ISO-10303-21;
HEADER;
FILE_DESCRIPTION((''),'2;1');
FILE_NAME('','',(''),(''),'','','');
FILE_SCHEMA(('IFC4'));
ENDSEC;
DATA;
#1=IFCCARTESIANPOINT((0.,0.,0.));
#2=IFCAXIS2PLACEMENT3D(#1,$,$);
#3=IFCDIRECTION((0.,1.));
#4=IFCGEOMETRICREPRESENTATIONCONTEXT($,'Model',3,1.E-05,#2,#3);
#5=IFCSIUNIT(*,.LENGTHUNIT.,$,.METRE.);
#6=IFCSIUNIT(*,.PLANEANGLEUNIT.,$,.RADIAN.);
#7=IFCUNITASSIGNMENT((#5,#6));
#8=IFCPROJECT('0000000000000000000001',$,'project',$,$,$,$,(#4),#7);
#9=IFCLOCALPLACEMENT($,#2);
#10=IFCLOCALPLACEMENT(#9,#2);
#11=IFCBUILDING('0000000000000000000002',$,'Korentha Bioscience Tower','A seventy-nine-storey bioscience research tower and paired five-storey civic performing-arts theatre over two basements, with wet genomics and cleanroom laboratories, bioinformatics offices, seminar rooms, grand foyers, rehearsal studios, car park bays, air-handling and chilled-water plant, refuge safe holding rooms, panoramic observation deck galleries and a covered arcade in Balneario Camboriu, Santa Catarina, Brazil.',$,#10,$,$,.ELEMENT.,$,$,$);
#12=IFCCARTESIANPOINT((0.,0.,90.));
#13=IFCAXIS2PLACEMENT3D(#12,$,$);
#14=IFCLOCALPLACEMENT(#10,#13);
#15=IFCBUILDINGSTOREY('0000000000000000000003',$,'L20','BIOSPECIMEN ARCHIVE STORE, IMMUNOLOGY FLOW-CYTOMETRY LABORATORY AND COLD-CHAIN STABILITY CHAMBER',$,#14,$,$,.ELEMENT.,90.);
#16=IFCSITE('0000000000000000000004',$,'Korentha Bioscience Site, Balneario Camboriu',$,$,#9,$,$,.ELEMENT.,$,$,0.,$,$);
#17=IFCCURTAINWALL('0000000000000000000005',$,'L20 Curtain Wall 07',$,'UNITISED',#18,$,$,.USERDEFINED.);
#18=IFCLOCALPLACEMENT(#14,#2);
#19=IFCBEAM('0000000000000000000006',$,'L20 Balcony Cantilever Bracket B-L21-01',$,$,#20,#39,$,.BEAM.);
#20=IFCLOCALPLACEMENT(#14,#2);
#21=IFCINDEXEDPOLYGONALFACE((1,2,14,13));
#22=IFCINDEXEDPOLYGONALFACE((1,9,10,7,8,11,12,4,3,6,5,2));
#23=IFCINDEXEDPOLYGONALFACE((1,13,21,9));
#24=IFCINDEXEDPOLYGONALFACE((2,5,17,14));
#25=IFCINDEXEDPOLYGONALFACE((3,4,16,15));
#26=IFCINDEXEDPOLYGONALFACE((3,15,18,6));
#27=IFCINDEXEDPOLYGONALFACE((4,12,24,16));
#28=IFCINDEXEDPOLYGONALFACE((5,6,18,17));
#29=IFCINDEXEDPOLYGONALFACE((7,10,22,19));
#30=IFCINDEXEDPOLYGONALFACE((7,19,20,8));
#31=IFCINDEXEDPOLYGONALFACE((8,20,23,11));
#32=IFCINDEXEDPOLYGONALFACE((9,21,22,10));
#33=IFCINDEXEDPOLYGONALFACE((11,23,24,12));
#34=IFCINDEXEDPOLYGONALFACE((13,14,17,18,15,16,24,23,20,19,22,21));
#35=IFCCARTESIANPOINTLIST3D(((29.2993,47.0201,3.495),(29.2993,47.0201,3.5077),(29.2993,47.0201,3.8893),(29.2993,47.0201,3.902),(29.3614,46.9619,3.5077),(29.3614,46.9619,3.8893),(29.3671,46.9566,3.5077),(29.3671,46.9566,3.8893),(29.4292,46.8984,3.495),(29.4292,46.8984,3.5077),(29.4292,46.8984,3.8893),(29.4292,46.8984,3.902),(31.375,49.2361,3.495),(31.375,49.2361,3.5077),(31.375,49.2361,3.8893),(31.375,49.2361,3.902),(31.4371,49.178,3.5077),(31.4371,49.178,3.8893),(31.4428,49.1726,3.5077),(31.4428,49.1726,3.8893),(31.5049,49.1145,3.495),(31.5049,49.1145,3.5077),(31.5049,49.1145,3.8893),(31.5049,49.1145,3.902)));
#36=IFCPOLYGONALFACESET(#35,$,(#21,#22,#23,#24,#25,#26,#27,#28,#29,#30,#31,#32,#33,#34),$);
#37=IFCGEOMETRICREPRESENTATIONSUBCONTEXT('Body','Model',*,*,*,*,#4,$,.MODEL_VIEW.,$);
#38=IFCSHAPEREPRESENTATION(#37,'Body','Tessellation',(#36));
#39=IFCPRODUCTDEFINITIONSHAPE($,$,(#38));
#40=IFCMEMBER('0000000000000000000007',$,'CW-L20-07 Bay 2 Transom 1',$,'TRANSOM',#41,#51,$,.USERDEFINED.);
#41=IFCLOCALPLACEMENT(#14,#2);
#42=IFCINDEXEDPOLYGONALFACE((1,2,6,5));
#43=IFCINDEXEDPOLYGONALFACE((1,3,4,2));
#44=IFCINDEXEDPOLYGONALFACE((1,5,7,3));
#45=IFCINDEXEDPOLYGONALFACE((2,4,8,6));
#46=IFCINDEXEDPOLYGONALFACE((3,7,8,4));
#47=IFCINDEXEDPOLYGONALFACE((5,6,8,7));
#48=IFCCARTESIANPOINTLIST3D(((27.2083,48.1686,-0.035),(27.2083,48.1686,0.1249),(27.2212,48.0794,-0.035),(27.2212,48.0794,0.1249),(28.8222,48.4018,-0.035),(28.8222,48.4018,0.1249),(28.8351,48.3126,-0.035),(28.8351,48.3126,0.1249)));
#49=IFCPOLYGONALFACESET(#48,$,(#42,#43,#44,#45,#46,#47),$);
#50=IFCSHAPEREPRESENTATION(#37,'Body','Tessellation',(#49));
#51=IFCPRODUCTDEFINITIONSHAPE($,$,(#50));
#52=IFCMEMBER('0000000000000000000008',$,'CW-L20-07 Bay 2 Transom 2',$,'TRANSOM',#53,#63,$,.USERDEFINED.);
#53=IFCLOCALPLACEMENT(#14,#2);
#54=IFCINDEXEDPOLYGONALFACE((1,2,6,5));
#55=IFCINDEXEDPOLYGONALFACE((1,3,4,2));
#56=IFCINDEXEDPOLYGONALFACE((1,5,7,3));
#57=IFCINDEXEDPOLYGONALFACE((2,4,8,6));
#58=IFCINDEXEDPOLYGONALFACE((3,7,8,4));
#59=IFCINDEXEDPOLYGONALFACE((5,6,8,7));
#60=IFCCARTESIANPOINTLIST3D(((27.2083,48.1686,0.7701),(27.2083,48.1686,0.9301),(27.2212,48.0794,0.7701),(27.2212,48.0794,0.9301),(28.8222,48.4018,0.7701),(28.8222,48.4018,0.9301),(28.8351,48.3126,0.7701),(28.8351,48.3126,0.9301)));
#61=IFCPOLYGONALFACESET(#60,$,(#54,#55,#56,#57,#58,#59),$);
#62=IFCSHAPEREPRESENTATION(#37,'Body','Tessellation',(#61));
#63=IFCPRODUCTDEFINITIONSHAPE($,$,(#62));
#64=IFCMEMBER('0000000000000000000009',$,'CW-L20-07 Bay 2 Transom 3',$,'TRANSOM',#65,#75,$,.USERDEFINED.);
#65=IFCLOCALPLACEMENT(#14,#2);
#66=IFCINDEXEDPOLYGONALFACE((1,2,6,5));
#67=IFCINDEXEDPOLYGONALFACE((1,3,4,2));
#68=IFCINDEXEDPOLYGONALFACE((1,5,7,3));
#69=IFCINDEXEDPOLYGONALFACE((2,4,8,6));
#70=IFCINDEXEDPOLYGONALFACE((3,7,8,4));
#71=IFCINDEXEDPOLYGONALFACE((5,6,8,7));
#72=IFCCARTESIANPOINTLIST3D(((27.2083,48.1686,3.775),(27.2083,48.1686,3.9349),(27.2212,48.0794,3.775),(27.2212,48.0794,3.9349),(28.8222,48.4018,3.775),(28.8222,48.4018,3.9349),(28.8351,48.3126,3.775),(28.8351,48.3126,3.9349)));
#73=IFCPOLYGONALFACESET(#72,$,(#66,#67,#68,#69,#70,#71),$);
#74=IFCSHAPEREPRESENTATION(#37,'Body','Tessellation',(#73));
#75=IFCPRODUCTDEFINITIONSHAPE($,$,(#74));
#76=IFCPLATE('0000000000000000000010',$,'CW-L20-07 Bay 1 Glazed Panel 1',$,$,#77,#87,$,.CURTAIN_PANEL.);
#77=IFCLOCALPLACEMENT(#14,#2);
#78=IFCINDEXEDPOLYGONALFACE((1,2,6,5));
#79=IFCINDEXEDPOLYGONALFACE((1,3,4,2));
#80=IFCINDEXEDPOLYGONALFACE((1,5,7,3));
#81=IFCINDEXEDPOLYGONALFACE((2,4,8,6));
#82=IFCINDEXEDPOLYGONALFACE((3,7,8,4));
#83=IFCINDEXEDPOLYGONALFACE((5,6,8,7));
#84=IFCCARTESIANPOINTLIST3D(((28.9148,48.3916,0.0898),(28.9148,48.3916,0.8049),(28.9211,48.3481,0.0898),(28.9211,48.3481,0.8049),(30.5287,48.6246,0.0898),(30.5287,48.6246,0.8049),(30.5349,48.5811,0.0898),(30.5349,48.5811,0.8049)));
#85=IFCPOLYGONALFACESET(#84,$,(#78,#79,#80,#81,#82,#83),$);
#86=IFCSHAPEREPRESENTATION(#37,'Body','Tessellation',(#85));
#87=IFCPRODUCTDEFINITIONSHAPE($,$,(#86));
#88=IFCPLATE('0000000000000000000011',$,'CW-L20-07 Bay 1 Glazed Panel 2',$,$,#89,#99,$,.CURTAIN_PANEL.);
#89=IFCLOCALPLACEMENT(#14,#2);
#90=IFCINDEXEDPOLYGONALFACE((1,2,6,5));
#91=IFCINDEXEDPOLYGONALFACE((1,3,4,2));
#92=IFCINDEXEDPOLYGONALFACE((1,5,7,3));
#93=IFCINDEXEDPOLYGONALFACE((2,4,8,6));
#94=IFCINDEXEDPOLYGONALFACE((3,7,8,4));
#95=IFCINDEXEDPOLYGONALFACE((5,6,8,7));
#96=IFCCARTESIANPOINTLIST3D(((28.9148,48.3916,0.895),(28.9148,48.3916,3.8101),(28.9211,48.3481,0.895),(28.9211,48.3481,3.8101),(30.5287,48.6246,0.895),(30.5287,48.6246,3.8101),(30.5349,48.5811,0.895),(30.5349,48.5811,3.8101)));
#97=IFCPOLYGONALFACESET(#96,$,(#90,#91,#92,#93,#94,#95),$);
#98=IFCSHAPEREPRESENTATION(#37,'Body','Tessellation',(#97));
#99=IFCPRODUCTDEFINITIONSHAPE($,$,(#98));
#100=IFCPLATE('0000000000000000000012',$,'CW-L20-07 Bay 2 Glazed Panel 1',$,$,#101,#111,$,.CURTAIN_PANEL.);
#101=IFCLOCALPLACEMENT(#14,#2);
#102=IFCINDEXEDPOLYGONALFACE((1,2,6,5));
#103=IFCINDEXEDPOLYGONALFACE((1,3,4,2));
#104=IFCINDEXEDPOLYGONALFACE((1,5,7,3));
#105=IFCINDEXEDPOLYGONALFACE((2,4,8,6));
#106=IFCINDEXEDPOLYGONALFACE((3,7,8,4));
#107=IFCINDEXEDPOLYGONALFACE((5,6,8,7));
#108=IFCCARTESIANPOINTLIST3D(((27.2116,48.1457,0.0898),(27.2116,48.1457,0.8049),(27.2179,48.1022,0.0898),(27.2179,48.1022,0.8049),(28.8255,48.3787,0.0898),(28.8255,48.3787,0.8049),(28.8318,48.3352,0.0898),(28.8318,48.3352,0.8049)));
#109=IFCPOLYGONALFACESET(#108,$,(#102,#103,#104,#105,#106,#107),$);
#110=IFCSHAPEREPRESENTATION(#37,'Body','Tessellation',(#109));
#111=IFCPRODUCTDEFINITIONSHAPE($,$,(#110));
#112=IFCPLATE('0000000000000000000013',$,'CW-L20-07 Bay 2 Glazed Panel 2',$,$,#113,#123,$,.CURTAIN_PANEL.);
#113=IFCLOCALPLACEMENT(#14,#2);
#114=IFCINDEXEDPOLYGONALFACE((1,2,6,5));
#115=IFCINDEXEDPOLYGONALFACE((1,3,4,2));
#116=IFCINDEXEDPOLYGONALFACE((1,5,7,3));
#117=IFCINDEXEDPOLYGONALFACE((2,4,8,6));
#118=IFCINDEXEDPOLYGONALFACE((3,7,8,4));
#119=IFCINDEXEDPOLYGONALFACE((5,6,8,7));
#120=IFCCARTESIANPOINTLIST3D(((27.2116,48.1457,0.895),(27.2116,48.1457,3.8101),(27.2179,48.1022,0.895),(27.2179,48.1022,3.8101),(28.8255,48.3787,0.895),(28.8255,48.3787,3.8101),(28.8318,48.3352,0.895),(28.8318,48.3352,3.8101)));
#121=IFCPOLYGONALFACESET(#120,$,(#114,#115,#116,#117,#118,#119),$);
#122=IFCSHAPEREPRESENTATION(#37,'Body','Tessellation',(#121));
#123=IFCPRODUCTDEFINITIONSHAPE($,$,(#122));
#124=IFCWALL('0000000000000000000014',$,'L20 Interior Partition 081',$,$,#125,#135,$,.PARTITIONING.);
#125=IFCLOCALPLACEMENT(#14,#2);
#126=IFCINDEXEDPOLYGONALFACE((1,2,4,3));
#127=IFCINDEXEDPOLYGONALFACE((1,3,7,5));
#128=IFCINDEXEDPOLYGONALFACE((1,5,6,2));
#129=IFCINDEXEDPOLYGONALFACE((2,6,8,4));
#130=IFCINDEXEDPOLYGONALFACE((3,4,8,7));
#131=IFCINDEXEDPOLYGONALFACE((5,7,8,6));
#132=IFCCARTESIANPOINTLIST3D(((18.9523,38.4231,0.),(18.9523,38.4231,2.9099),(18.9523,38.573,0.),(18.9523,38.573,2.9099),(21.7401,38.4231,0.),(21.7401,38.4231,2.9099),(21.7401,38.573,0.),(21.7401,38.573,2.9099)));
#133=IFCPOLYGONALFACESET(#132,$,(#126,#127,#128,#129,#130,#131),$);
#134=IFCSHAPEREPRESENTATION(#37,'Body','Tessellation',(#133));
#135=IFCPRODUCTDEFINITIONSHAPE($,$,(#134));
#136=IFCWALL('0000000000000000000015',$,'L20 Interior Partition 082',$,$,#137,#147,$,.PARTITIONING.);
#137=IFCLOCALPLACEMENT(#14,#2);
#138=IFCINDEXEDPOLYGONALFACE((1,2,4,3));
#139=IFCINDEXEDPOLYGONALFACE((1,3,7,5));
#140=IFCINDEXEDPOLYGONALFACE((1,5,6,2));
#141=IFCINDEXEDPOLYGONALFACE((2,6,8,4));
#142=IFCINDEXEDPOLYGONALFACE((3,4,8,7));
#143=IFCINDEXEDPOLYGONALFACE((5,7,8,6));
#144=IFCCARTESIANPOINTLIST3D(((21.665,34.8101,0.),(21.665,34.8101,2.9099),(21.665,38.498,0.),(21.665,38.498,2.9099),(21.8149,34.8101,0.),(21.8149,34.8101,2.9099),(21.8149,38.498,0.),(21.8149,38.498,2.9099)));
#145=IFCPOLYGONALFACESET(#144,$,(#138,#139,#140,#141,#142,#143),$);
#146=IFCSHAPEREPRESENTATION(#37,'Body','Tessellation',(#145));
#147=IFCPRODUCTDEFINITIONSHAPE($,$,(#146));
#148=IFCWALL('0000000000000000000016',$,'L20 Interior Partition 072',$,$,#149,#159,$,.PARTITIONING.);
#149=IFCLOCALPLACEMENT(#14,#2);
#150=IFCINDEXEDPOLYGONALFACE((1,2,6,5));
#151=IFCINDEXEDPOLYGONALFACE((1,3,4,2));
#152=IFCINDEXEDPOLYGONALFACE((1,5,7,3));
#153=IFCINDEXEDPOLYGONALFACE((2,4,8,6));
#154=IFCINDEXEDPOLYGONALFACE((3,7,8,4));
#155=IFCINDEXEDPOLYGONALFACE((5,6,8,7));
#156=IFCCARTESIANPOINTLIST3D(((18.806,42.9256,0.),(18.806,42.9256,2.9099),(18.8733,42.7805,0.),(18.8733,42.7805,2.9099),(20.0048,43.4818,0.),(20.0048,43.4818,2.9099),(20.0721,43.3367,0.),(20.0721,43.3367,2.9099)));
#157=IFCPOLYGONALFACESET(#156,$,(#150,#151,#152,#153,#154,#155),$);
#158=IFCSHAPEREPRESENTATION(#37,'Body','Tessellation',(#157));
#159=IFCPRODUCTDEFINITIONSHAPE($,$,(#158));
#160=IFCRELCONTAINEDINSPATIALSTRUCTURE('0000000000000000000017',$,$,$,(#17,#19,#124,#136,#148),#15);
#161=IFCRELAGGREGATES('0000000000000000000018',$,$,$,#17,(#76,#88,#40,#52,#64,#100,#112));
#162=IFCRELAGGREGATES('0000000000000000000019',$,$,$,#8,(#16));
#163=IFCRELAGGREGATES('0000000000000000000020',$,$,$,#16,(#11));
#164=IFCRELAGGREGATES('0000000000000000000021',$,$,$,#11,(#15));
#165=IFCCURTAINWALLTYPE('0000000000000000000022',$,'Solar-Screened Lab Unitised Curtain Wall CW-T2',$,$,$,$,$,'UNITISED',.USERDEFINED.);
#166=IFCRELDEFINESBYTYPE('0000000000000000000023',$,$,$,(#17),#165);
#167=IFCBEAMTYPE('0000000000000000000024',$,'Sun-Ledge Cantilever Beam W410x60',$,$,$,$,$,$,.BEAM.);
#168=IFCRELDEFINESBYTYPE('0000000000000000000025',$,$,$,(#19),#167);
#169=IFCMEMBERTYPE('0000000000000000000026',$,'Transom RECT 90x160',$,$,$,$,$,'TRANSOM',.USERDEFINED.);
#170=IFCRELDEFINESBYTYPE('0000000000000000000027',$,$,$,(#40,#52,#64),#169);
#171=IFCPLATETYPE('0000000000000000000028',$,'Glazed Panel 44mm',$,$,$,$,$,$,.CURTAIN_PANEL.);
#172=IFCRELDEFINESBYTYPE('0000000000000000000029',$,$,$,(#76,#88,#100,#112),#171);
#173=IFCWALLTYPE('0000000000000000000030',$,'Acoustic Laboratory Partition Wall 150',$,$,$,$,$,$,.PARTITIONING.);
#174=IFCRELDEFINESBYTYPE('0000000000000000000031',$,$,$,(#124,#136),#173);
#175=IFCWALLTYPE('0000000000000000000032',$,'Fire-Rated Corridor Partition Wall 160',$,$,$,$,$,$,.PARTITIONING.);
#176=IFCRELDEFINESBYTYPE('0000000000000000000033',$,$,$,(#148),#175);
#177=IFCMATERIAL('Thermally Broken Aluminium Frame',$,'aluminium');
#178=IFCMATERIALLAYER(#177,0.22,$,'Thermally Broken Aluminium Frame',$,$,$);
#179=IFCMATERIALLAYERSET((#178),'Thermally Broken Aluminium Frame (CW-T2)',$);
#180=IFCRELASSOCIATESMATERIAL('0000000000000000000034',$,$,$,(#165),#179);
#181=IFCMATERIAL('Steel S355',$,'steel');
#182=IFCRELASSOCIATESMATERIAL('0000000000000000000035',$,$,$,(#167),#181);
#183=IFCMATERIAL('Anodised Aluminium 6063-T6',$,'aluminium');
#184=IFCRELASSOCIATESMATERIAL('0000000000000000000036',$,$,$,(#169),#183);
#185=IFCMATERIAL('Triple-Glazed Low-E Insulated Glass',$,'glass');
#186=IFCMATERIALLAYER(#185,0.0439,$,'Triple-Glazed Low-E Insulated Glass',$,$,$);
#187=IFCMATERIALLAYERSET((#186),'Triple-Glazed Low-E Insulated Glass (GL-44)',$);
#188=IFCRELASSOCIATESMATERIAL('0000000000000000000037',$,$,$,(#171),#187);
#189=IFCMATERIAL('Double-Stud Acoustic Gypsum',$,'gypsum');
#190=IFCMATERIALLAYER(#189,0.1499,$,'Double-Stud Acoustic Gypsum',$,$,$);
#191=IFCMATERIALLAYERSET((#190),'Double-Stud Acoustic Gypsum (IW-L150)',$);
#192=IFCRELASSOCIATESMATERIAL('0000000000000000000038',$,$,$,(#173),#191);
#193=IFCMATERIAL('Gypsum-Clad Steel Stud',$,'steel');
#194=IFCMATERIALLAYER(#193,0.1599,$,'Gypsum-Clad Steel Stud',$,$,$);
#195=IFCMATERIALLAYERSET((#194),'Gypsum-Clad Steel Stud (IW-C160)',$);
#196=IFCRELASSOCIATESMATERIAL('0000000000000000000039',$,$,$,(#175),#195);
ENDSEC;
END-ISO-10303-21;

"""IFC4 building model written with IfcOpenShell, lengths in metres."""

from ifc_helpers import new_model, si_unit, direction, frame, frame_2d, origin, origin_2d, place, context, subcontext, project, spatial, rectangle, i_section, extrude, material, layer, layer_set, material_profile, profile_set, type_object, element, aggregate, save


model = new_model("IFC4")

# Units and contexts
model_context = context("Model", 3, precision=1e-05, world=origin(), true_north=direction((0.0, 1.0)))
body_context = subcontext(model_context, "Body", "Model", "MODEL_VIEW")
ifc_project = project(units=[si_unit("LENGTHUNIT", "METRE"), si_unit("PLANEANGLEUNIT", "RADIAN")], contexts=[model_context])

# Site, building, storey
site_placement = place(None, origin())
site = spatial("IfcSite", under=ifc_project, at=site_placement, Name="Korentha Bioscience Site, Balneario Camboriu", CompositionType="ELEMENT", RefElevation=0.0)
building_placement = place(site_placement, origin())
building = spatial("IfcBuilding", under=site, at=building_placement, Name="Korentha Bioscience Tower", Description="A seventy-nine-storey bioscience research tower and paired five-storey civic performing-arts theatre over two basements, with wet genomics and cleanroom laboratories, bioinformatics offices, seminar rooms, grand foyers, rehearsal studios, car park bays, air-handling and chilled-water plant, refuge safe holding rooms, panoramic observation deck galleries and a covered arcade in Balneario Camboriu, Santa Catarina, Brazil.", CompositionType="ELEMENT")
storey_placement = place(building_placement, frame((0.0, 0.0, 90.0)))
storey = spatial("IfcBuildingStorey", under=building, at=storey_placement, Name="L20", Description="BIOSPECIMEN ARCHIVE STORE, IMMUNOLOGY FLOW-CYTOMETRY LABORATORY AND COLD-CHAIN STABILITY CHAMBER", CompositionType="ELEMENT", Elevation=90.0)

# Shared definitions
ifc_material_1 = material(Name="Steel S355", Category="steel")

# Curtain wall
ifc_material_2 = material(Name="Thermally Broken Aluminium Frame", Category="aluminium")
ifc_layer_1 = layer(ifc_material_2, 0.22, Name="Thermally Broken Aluminium Frame")
ifc_layer_set_1 = layer_set([ifc_layer_1], Name="Thermally Broken Aluminium Frame (CW-T2)")
curtain_wall_type = type_object("IfcCurtainWallType", Name="Solar-Screened Lab Unitised Curtain Wall CW-T2", ElementType="UNITISED", PredefinedType="USERDEFINED", material=ifc_layer_set_1)
curtain_wall_placement = place(storey_placement, origin())
curtain_wall = element("IfcCurtainWall", 1, at=curtain_wall_placement, inside=storey, type_object=curtain_wall_type, Name="L20 Curtain Wall 07", ObjectType="UNITISED", PredefinedType="USERDEFINED")
ifc_material_3 = material(Name="Anodised Aluminium 6063-T6", Category="aluminium")

# Beam
ifc_material_profile_1 = material_profile(ifc_material_1, i_section(OverallWidth=0.178, OverallDepth=0.407, WebThickness=0.0078, FlangeThickness=0.0127, at=origin_2d()), Name="Steel S355")
ifc_profile_set_1 = profile_set([ifc_material_profile_1], Name="Steel S355 (CB-410)")
beam_type_1 = type_object("IfcBeamType", Name="Sun-Ledge Cantilever Beam W410x60", PredefinedType="BEAM", material=ifc_profile_set_1)
beam_1_placement = place(storey_placement, frame((29.3643, 46.9592, 3.6985), z_axis=(0.683612, 0.729846, 0.0), x_axis=(-0.729846, 0.683612, 0.0)))
element("IfcBeam", 2, at=beam_1_placement, inside=storey, type_object=beam_type_1, Name="L20 Balcony Cantilever Bracket B-L21-01", PredefinedType="BEAM", context=body_context, shape_type="SweptSolid", body=[
    extrude(i_section(OverallWidth=0.178, OverallDepth=0.407, WebThickness=0.0078, FlangeThickness=0.0127, at=origin_2d()), origin(), (0.0, 0.0, 1.0), 3.0364),
])

# Members
ifc_material_profile_2 = material_profile(ifc_material_3, rectangle(XDim=0.0901, YDim=0.1599, at=origin_2d()), Name="Anodised Aluminium 6063-T6")
ifc_profile_set_2 = profile_set([ifc_material_profile_2], Name="Anodised Aluminium 6063-T6 (CW-TRN)")
member_type_1 = type_object("IfcMemberType", Name="Transom RECT 90x160", ElementType="TRANSOM", PredefinedType="USERDEFINED", material=ifc_profile_set_2)
member_1_placement = place(storey_placement, frame((28.8286, 48.3572, 0.0449), z_axis=(-0.989724, -0.142993, 0.0), x_axis=(0.142993, -0.989724, 0.0)))
member_1 = element("IfcMember", 3, at=member_1_placement, type_object=member_type_1, Name="CW-L20-07 Bay 2 Transom 1", ObjectType="TRANSOM", PredefinedType="USERDEFINED", context=body_context, shape_type="SweptSolid", body=[
    extrude(rectangle(XDim=0.0901, YDim=0.1599, at=origin_2d()), origin(), (0.0, 0.0, 1.0), 1.6306),
])
member_2_placement = place(storey_placement, frame((28.8286, 48.3572, 0.8501), z_axis=(-0.989724, -0.142993, 0.0), x_axis=(0.142993, -0.989724, 0.0)))
member_2 = element("IfcMember", 4, at=member_2_placement, type_object=member_type_1, Name="CW-L20-07 Bay 2 Transom 2", ObjectType="TRANSOM", PredefinedType="USERDEFINED", context=body_context, shape_type="SweptSolid", body=[
    extrude(rectangle(XDim=0.0901, YDim=0.1599, at=origin_2d()), origin(), (0.0, 0.0, 1.0), 1.6306),
])
member_3_placement = place(storey_placement, frame((28.8286, 48.3572, 3.855), z_axis=(-0.989724, -0.142993, 0.0), x_axis=(0.142993, -0.989724, 0.0)))
member_3 = element("IfcMember", 5, at=member_3_placement, type_object=member_type_1, Name="CW-L20-07 Bay 2 Transom 3", ObjectType="TRANSOM", PredefinedType="USERDEFINED", context=body_context, shape_type="SweptSolid", body=[
    extrude(rectangle(XDim=0.0901, YDim=0.1599, at=origin_2d()), origin(), (0.0, 0.0, 1.0), 1.6306),
])

# Plates
ifc_material_4 = material(Name="Triple-Glazed Low-E Insulated Glass", Category="glass")
ifc_layer_2 = layer(ifc_material_4, 0.0439, Name="Triple-Glazed Low-E Insulated Glass")
ifc_layer_set_2 = layer_set([ifc_layer_2], Name="Triple-Glazed Low-E Insulated Glass (GL-44)")
plate_type = type_object("IfcPlateType", Name="Glazed Panel 44mm", PredefinedType="CURTAIN_PANEL", material=ifc_layer_set_2)
plate_1_placement = place(storey_placement, frame((29.7249, 48.4863, 0.0898), z_axis=(0.0, 0.0, 1.0), x_axis=(-0.989738, -0.142892, 0.0)))
plate_1 = element("IfcPlate", 6, at=plate_1_placement, type_object=plate_type, Name="CW-L20-07 Bay 1 Glazed Panel 1", PredefinedType="CURTAIN_PANEL", context=body_context, shape_type="SweptSolid", body=[
    extrude(rectangle(XDim=1.6306, YDim=0.0439, at=origin_2d()), origin(), (0.0, 0.0, 1.0), 0.7151),
])
plate_2_placement = place(storey_placement, frame((29.7249, 48.4863, 0.895), z_axis=(0.0, 0.0, 1.0), x_axis=(-0.989738, -0.142892, 0.0)))
plate_2 = element("IfcPlate", 7, at=plate_2_placement, type_object=plate_type, Name="CW-L20-07 Bay 1 Glazed Panel 2", PredefinedType="CURTAIN_PANEL", context=body_context, shape_type="SweptSolid", body=[
    extrude(rectangle(XDim=1.6306, YDim=0.0439, at=origin_2d()), origin(), (0.0, 0.0, 1.0), 2.915),
])
plate_3_placement = place(storey_placement, frame((28.0217, 48.2405, 0.0898), z_axis=(0.0, 0.0, 1.0), x_axis=(-0.989738, -0.142892, 0.0)))
plate_3 = element("IfcPlate", 8, at=plate_3_placement, type_object=plate_type, Name="CW-L20-07 Bay 2 Glazed Panel 1", PredefinedType="CURTAIN_PANEL", context=body_context, shape_type="SweptSolid", body=[
    extrude(rectangle(XDim=1.6306, YDim=0.0439, at=origin_2d()), origin(), (0.0, 0.0, 1.0), 0.7151),
])
plate_4_placement = place(storey_placement, frame((28.0217, 48.2405, 0.895), z_axis=(0.0, 0.0, 1.0), x_axis=(-0.989738, -0.142892, 0.0)))
plate_4 = element("IfcPlate", 9, at=plate_4_placement, type_object=plate_type, Name="CW-L20-07 Bay 2 Glazed Panel 2", PredefinedType="CURTAIN_PANEL", context=body_context, shape_type="SweptSolid", body=[
    extrude(rectangle(XDim=1.6306, YDim=0.0439, at=origin_2d()), origin(), (0.0, 0.0, 1.0), 2.915),
])
aggregate(curtain_wall, [plate_1, plate_2, member_1, member_2, member_3, plate_3, plate_4])

# Walls
ifc_material_5 = material(Name="Double-Stud Acoustic Gypsum", Category="gypsum")
ifc_layer_3 = layer(ifc_material_5, 0.1499, Name="Double-Stud Acoustic Gypsum")
ifc_layer_set_3 = layer_set([ifc_layer_3], Name="Double-Stud Acoustic Gypsum (IW-L150)")
wall_type_1 = type_object("IfcWallType", Name="Acoustic Laboratory Partition Wall 150", PredefinedType="PARTITIONING", material=ifc_layer_set_3)
wall_1_placement = place(storey_placement, frame((18.9521, 38.498, 0.0), z_axis=(0.0, 0.0, 1.0), x_axis=(1.0, 0.0, 0.0)))
element("IfcWall", 10, at=wall_1_placement, inside=storey, type_object=wall_type_1, Name="L20 Interior Partition 081", PredefinedType="PARTITIONING", context=body_context, shape_type="SweptSolid", body=[
    extrude(rectangle(XDim=2.7878, YDim=0.1499, at=frame_2d((1.394, 0.0))), origin(), (0.0, 0.0, 1.0), 2.9099),
])
wall_2_placement = place(storey_placement, frame((21.74, 38.498, 0.0), z_axis=(0.0, 0.0, 1.0), x_axis=(0.0, -1.0, 0.0)))
element("IfcWall", 11, at=wall_2_placement, inside=storey, type_object=wall_type_1, Name="L20 Interior Partition 082", PredefinedType="PARTITIONING", context=body_context, shape_type="SweptSolid", body=[
    extrude(rectangle(XDim=3.688, YDim=0.1499, at=frame_2d((1.844, 0.0))), origin(), (0.0, 0.0, 1.0), 2.9099),
])
ifc_material_6 = material(Name="Gypsum-Clad Steel Stud", Category="steel")
ifc_layer_4 = layer(ifc_material_6, 0.1599, Name="Gypsum-Clad Steel Stud")
ifc_layer_set_4 = layer_set([ifc_layer_4], Name="Gypsum-Clad Steel Stud (IW-C160)")
wall_type_2 = type_object("IfcWallType", Name="Fire-Rated Corridor Partition Wall 160", PredefinedType="PARTITIONING", material=ifc_layer_set_4)
wall_3_placement = place(storey_placement, frame((20.0383, 43.4092, 0.0), z_axis=(0.0, 0.0, 1.0), x_axis=(-0.907125, -0.420862, 0.0)))
element("IfcWall", 12, at=wall_3_placement, inside=storey, type_object=wall_type_2, Name="L20 Interior Partition 072", PredefinedType="PARTITIONING", context=body_context, shape_type="SweptSolid", body=[
    extrude(rectangle(XDim=1.3215, YDim=0.1599, at=frame_2d((0.6606, 0.0))), origin(), (0.0, 0.0, 1.0), 2.9099),
])

save(model, "model.ifc")
